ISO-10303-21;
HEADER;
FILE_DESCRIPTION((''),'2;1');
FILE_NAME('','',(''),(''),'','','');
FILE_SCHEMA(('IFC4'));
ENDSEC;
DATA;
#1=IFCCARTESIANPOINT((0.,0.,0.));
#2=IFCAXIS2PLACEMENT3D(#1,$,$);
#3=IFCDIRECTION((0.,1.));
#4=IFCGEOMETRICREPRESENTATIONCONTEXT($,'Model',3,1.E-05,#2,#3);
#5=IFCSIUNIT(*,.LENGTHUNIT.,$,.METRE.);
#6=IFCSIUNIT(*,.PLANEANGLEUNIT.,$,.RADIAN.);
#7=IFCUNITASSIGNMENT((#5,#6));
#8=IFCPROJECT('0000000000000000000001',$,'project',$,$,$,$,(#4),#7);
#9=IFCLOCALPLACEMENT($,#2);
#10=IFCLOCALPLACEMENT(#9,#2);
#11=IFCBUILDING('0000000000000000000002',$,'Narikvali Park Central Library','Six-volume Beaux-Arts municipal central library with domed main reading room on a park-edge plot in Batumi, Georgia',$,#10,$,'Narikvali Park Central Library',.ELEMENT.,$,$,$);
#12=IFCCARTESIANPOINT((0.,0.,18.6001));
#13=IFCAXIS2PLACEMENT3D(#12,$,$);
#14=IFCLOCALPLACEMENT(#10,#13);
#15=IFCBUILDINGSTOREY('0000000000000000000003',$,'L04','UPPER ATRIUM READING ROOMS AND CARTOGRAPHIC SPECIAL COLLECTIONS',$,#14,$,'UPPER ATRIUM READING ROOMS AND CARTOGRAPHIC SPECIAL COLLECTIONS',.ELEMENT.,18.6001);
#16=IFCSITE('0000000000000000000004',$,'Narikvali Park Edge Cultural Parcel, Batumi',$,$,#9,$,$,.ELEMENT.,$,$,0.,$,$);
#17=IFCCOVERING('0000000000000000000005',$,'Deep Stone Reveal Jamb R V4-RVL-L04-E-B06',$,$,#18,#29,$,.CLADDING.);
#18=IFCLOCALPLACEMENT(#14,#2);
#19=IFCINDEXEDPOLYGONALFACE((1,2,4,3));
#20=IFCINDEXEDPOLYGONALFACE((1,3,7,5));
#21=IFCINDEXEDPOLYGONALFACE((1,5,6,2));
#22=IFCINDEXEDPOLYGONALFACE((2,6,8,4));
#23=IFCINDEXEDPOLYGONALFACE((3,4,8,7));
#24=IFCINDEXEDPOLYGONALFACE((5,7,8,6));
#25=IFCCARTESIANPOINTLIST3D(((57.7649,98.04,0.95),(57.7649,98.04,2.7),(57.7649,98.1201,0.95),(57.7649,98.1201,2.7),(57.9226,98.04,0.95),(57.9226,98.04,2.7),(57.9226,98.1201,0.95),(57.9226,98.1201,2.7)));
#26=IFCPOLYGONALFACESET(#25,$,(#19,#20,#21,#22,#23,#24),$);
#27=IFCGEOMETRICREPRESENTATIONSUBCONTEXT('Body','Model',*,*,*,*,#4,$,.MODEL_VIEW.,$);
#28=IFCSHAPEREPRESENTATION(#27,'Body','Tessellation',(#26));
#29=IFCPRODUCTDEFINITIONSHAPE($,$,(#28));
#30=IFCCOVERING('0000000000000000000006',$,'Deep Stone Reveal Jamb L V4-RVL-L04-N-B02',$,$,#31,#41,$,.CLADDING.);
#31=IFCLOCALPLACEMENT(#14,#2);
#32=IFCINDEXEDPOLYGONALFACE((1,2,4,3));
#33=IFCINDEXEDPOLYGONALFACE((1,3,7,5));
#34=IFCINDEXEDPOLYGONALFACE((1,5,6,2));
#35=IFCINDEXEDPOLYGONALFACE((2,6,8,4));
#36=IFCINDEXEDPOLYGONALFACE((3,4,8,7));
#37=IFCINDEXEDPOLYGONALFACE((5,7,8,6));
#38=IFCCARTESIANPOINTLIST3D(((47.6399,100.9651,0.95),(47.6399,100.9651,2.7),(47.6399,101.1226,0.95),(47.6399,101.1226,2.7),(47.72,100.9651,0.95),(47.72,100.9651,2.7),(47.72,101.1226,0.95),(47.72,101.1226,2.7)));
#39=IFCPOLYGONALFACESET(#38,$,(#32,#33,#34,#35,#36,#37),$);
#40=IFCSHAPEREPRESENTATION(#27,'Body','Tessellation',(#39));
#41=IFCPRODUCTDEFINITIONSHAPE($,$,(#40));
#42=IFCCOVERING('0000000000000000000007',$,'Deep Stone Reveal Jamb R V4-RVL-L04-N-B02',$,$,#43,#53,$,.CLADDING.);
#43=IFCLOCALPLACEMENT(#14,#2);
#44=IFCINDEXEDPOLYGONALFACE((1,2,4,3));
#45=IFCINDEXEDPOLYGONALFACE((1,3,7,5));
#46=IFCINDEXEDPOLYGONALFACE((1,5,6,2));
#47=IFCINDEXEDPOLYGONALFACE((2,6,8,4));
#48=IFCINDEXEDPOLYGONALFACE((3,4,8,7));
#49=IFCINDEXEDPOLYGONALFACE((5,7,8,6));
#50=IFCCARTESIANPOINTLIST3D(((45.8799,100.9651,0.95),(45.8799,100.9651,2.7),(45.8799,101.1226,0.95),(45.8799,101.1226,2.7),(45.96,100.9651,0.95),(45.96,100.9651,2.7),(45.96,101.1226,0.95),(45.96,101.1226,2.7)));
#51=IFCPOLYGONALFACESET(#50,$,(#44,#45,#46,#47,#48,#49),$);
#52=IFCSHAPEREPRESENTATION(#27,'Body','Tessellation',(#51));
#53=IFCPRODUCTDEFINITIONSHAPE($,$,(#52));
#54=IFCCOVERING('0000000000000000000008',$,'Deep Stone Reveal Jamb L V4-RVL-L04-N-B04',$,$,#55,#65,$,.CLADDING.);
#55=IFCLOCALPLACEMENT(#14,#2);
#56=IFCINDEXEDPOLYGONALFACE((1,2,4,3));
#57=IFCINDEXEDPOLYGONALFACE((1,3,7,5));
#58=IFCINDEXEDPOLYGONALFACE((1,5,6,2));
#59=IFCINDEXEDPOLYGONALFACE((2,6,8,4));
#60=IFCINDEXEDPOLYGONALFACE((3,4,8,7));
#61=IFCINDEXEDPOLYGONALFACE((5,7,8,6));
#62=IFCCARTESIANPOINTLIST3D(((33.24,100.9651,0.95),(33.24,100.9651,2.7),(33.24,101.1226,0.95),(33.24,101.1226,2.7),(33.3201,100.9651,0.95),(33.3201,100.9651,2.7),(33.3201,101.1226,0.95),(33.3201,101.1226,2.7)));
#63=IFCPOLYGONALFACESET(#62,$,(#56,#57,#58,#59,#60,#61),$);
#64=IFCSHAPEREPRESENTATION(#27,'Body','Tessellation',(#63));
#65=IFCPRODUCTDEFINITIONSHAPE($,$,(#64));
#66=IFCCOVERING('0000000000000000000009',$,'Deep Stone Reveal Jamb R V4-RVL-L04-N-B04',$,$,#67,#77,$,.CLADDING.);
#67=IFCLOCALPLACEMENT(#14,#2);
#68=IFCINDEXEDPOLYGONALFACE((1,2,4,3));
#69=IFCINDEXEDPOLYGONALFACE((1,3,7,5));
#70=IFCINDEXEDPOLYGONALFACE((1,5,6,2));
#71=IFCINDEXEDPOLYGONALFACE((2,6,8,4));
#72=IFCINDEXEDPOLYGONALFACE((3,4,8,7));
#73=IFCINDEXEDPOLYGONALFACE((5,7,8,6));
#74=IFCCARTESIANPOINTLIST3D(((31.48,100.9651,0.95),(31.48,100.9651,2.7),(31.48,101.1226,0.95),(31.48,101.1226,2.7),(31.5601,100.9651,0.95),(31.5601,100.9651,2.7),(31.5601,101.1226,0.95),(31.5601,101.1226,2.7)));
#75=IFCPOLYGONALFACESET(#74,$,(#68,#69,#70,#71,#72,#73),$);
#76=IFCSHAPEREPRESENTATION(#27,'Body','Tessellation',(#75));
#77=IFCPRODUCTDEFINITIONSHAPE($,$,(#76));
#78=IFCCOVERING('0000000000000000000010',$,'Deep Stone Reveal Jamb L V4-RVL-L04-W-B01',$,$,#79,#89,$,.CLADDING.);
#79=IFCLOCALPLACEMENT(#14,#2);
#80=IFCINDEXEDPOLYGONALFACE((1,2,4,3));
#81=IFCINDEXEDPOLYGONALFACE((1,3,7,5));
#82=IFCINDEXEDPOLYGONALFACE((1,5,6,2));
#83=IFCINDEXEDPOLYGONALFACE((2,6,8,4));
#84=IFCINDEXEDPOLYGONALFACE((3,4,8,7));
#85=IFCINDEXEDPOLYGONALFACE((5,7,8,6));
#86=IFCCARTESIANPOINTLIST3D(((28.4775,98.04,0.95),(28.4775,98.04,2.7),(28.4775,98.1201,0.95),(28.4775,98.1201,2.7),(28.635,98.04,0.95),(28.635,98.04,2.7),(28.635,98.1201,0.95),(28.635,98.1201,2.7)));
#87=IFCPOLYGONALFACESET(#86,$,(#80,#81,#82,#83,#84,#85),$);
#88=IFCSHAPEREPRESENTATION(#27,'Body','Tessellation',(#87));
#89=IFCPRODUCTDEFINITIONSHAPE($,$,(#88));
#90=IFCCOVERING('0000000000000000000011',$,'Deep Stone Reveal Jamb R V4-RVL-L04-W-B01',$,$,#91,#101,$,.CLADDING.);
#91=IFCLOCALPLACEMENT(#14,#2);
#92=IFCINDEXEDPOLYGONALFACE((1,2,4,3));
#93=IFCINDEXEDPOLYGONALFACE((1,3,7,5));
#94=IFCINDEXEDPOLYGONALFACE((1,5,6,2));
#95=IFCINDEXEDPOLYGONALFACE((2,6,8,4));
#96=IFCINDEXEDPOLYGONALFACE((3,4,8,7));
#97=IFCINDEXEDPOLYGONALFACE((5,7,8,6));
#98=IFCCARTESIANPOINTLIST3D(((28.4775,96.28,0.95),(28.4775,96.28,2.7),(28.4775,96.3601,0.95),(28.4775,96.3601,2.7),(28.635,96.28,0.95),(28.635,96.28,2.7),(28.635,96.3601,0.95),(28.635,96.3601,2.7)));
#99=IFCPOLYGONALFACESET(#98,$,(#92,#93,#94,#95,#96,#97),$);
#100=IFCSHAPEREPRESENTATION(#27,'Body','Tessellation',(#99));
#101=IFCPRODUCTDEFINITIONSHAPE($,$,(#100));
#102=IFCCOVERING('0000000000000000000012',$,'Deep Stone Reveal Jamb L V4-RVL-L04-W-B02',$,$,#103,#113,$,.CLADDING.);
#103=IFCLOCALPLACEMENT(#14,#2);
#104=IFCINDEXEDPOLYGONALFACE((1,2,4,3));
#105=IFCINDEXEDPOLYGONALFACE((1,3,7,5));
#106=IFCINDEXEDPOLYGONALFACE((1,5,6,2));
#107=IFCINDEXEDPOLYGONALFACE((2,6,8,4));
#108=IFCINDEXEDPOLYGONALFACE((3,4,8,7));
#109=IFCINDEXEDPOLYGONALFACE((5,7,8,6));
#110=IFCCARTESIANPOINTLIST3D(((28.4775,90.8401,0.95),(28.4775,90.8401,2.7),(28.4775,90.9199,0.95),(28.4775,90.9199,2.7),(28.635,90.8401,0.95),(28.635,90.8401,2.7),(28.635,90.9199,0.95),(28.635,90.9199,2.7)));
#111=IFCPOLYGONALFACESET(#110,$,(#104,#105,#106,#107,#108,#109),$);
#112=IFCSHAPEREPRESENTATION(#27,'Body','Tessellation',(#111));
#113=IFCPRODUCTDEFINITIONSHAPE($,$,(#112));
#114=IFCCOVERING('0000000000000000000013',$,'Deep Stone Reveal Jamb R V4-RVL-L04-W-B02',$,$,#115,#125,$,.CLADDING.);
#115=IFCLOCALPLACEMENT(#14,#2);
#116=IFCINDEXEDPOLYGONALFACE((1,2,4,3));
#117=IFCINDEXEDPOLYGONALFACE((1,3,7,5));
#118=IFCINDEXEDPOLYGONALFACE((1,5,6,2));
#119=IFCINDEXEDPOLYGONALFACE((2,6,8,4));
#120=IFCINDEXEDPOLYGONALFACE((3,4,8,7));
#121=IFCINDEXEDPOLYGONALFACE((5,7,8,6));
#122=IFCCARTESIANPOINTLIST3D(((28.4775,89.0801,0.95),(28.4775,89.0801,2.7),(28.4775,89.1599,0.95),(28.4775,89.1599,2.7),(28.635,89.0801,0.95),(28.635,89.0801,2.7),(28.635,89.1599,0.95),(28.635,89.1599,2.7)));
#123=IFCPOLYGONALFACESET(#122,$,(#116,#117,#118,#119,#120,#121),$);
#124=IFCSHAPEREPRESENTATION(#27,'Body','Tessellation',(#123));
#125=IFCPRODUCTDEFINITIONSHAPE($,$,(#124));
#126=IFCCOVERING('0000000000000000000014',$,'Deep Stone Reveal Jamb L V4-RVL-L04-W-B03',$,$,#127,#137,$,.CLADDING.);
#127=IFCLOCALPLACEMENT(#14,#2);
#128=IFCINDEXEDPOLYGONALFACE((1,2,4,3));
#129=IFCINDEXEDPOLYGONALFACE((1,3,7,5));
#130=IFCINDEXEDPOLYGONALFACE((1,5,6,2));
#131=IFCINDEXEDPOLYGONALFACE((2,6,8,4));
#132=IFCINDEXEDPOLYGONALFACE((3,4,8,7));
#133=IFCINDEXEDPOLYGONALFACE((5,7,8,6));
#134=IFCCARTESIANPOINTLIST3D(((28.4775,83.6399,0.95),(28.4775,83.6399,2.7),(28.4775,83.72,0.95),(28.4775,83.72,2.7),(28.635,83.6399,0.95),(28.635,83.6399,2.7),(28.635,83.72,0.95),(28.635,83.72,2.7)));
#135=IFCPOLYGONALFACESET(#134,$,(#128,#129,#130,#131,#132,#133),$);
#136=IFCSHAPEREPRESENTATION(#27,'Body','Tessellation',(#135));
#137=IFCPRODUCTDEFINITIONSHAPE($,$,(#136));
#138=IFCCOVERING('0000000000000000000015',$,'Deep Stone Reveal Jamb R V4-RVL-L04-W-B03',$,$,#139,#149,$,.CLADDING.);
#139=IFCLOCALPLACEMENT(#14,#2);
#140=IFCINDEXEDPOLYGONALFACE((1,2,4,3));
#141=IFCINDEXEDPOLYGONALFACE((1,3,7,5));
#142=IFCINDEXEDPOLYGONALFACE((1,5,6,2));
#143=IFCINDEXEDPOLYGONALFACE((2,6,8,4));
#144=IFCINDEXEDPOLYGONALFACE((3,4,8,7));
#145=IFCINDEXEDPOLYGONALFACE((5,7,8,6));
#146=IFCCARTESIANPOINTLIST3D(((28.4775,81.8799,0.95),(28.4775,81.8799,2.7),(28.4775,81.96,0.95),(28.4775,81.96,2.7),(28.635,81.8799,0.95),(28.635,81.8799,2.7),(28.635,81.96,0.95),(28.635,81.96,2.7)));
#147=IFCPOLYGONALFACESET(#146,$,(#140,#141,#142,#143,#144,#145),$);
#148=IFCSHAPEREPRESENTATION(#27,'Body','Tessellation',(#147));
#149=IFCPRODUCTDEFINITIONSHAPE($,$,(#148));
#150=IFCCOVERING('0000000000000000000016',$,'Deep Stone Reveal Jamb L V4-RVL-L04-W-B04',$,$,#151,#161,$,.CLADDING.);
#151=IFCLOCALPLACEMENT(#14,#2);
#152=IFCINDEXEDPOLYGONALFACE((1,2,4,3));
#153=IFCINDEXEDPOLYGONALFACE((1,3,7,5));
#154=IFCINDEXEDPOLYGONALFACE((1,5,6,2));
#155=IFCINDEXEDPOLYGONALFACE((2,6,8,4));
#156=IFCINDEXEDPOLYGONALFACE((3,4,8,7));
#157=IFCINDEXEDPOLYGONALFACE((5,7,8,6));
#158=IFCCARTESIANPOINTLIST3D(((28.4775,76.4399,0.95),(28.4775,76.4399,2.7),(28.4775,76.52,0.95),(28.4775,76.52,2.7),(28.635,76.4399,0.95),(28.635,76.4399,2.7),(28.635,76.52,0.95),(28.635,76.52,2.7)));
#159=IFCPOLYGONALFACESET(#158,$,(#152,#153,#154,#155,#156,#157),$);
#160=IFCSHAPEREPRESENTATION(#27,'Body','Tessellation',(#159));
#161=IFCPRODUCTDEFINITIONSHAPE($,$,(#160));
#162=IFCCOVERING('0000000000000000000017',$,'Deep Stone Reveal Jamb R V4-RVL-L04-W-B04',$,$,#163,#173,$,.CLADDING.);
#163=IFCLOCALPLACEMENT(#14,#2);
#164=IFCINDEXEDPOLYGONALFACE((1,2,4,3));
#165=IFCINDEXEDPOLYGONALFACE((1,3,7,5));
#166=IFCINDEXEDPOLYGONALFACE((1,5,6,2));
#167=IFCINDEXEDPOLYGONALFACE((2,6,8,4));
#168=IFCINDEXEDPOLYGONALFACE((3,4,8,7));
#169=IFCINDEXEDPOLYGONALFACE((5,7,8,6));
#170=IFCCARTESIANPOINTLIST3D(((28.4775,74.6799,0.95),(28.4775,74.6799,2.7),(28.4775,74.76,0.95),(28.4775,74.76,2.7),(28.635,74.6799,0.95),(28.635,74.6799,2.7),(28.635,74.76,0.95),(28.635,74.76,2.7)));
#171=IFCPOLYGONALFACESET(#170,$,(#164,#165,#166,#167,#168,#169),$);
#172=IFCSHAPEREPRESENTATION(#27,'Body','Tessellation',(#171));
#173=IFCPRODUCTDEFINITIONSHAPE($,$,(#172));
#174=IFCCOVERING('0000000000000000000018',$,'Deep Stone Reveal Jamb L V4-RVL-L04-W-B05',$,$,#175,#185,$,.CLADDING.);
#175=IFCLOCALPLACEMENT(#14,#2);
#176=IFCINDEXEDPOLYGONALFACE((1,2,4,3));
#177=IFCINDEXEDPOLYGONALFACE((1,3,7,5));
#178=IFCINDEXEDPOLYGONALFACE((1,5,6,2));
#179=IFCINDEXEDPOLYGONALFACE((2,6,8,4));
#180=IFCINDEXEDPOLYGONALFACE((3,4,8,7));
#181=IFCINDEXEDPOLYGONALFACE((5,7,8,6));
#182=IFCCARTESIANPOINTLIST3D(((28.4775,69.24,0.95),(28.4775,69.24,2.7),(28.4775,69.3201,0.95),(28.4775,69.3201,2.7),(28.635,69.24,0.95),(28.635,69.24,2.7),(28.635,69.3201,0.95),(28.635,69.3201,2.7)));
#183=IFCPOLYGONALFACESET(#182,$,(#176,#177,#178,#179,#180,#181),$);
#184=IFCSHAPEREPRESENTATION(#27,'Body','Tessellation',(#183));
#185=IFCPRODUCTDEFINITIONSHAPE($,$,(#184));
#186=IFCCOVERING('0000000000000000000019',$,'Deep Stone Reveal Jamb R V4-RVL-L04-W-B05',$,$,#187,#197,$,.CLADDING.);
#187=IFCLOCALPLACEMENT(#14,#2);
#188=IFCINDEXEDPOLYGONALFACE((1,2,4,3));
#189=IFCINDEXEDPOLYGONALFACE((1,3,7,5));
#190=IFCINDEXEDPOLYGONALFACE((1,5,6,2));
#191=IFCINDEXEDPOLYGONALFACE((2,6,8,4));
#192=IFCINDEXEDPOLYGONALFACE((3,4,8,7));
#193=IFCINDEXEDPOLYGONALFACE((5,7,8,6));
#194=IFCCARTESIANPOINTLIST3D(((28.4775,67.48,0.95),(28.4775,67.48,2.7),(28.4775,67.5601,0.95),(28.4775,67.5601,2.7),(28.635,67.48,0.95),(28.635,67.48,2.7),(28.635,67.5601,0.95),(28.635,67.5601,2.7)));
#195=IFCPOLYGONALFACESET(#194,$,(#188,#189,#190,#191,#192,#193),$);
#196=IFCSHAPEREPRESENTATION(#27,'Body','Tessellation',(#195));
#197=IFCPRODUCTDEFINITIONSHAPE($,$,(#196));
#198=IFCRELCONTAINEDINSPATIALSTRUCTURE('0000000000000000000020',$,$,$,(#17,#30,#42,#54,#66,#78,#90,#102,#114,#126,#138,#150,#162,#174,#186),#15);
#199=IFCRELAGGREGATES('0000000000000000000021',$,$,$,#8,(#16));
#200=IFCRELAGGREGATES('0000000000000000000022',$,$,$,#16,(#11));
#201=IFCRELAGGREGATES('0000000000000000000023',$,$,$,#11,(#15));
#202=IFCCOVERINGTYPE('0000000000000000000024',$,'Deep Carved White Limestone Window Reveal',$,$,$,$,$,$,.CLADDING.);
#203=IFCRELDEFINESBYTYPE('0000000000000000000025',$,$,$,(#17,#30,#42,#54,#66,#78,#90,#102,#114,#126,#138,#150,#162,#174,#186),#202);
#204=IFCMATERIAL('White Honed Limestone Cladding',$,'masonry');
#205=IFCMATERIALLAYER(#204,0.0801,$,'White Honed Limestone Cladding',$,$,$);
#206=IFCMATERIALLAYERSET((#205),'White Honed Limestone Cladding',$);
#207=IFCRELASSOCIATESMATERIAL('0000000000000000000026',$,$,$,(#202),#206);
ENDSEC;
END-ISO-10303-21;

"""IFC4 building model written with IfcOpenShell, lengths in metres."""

from ifc_helpers import new_model, si_unit, direction, frame, origin, place, context, subcontext, project, spatial, polyline, outline, extrude, material, layer, layer_set, type_object, element, save


model = new_model("IFC4")

# Units and contexts
model_context = context("Model", 3, precision=1e-05, world=origin(), true_north=direction((0.0, 1.0)))
body_context = subcontext(model_context, "Body", "Model", "MODEL_VIEW")
ifc_project = project(units=[si_unit("LENGTHUNIT", "METRE"), si_unit("PLANEANGLEUNIT", "RADIAN")], contexts=[model_context])

# Site, building, storey
site_placement = place(None, origin())
site = spatial("IfcSite", under=ifc_project, at=site_placement, Name="Narikvali Park Edge Cultural Parcel, Batumi", CompositionType="ELEMENT", RefElevation=0.0)
building_placement = place(site_placement, origin())
building = spatial("IfcBuilding", under=site, at=building_placement, Name="Narikvali Park Central Library", Description="Six-volume Beaux-Arts municipal central library with domed main reading room on a park-edge plot in Batumi, Georgia", LongName="Narikvali Park Central Library", CompositionType="ELEMENT")
storey_placement = place(building_placement, frame((0.0, 0.0, 18.6001)))
storey = spatial("IfcBuildingStorey", under=building, at=storey_placement, Name="L04", Description="UPPER ATRIUM READING ROOMS AND CARTOGRAPHIC SPECIAL COLLECTIONS", LongName="UPPER ATRIUM READING ROOMS AND CARTOGRAPHIC SPECIAL COLLECTIONS", CompositionType="ELEMENT", Elevation=18.6001)

# Coverings
ifc_material = material(Name="White Honed Limestone Cladding", Category="masonry")
ifc_layer = layer(ifc_material, 0.0801, Name="White Honed Limestone Cladding")
ifc_layer_set = layer_set([ifc_layer], Name="White Honed Limestone Cladding")
covering_type = type_object("IfcCoveringType", Name="Deep Carved White Limestone Window Reveal", PredefinedType="CLADDING", material=ifc_layer_set)
covering_1_placement = place(storey_placement, frame((0.0, 0.0, 0.95)))
element("IfcCovering", 1, at=covering_1_placement, inside=storey, type_object=covering_type, Name="Deep Stone Reveal Jamb R V4-RVL-L04-E-B06", PredefinedType="CLADDING", context=body_context, shape_type="SweptSolid", body=[
    extrude(outline(polyline([(57.7649, 98.04), (57.7649, 98.1201), (57.9226, 98.1201), (57.9226, 98.04), (57.7649, 98.04)])), origin(), (0.0, 0.0, 1.0), 1.75),
])
covering_2_placement = place(storey_placement, frame((0.0, 0.0, 0.95)))
element("IfcCovering", 2, at=covering_2_placement, inside=storey, type_object=covering_type, Name="Deep Stone Reveal Jamb L V4-RVL-L04-N-B02", PredefinedType="CLADDING", context=body_context, shape_type="SweptSolid", body=[
    extrude(outline(polyline([(47.72, 100.9651), (47.6399, 100.9651), (47.6399, 101.1226), (47.72, 101.1226), (47.72, 100.9651)])), origin(), (0.0, 0.0, 1.0), 1.75),
])
covering_3_placement = place(storey_placement, frame((0.0, 0.0, 0.95)))
element("IfcCovering", 3, at=covering_3_placement, inside=storey, type_object=covering_type, Name="Deep Stone Reveal Jamb R V4-RVL-L04-N-B02", PredefinedType="CLADDING", context=body_context, shape_type="SweptSolid", body=[
    extrude(outline(polyline([(45.96, 100.9651), (45.8799, 100.9651), (45.8799, 101.1226), (45.96, 101.1226), (45.96, 100.9651)])), origin(), (0.0, 0.0, 1.0), 1.75),
])
covering_4_placement = place(storey_placement, frame((0.0, 0.0, 0.95)))
element("IfcCovering", 4, at=covering_4_placement, inside=storey, type_object=covering_type, Name="Deep Stone Reveal Jamb L V4-RVL-L04-N-B04", PredefinedType="CLADDING", context=body_context, shape_type="SweptSolid", body=[
    extrude(outline(polyline([(33.3201, 100.9651), (33.24, 100.9651), (33.24, 101.1226), (33.3201, 101.1226), (33.3201, 100.9651)])), origin(), (0.0, 0.0, 1.0), 1.75),
])
covering_5_placement = place(storey_placement, frame((0.0, 0.0, 0.95)))
element("IfcCovering", 5, at=covering_5_placement, inside=storey, type_object=covering_type, Name="Deep Stone Reveal Jamb R V4-RVL-L04-N-B04", PredefinedType="CLADDING", context=body_context, shape_type="SweptSolid", body=[
    extrude(outline(polyline([(31.5601, 100.9651), (31.48, 100.9651), (31.48, 101.1226), (31.5601, 101.1226), (31.5601, 100.9651)])), origin(), (0.0, 0.0, 1.0), 1.75),
])
covering_6_placement = place(storey_placement, frame((0.0, 0.0, 0.95)))
element("IfcCovering", 6, at=covering_6_placement, inside=storey, type_object=covering_type, Name="Deep Stone Reveal Jamb L V4-RVL-L04-W-B01", PredefinedType="CLADDING", context=body_context, shape_type="SweptSolid", body=[
    extrude(outline(polyline([(28.635, 98.1201), (28.635, 98.04), (28.4775, 98.04), (28.4775, 98.1201), (28.635, 98.1201)])), origin(), (0.0, 0.0, 1.0), 1.75),
])
covering_7_placement = place(storey_placement, frame((0.0, 0.0, 0.95)))
element("IfcCovering", 7, at=covering_7_placement, inside=storey, type_object=covering_type, Name="Deep Stone Reveal Jamb R V4-RVL-L04-W-B01", PredefinedType="CLADDING", context=body_context, shape_type="SweptSolid", body=[
    extrude(outline(polyline([(28.635, 96.3601), (28.635, 96.28), (28.4775, 96.28), (28.4775, 96.3601), (28.635, 96.3601)])), origin(), (0.0, 0.0, 1.0), 1.75),
])
covering_8_placement = place(storey_placement, frame((0.0, 0.0, 0.95)))
element("IfcCovering", 8, at=covering_8_placement, inside=storey, type_object=covering_type, Name="Deep Stone Reveal Jamb L V4-RVL-L04-W-B02", PredefinedType="CLADDING", context=body_context, shape_type="SweptSolid", body=[
    extrude(outline(polyline([(28.635, 90.9199), (28.635, 90.8401), (28.4775, 90.8401), (28.4775, 90.9199), (28.635, 90.9199)])), origin(), (0.0, 0.0, 1.0), 1.75),
])
covering_9_placement = place(storey_placement, frame((0.0, 0.0, 0.95)))
element("IfcCovering", 9, at=covering_9_placement, inside=storey, type_object=covering_type, Name="Deep Stone Reveal Jamb R V4-RVL-L04-W-B02", PredefinedType="CLADDING", context=body_context, shape_type="SweptSolid", body=[
    extrude(outline(polyline([(28.635, 89.1599), (28.635, 89.0801), (28.4775, 89.0801), (28.4775, 89.1599), (28.635, 89.1599)])), origin(), (0.0, 0.0, 1.0), 1.75),
])
covering_10_placement = place(storey_placement, frame((0.0, 0.0, 0.95)))
element("IfcCovering", 10, at=covering_10_placement, inside=storey, type_object=covering_type, Name="Deep Stone Reveal Jamb L V4-RVL-L04-W-B03", PredefinedType="CLADDING", context=body_context, shape_type="SweptSolid", body=[
    extrude(outline(polyline([(28.635, 83.72), (28.635, 83.6399), (28.4775, 83.6399), (28.4775, 83.72), (28.635, 83.72)])), origin(), (0.0, 0.0, 1.0), 1.75),
])
covering_11_placement = place(storey_placement, frame((0.0, 0.0, 0.95)))
element("IfcCovering", 11, at=covering_11_placement, inside=storey, type_object=covering_type, Name="Deep Stone Reveal Jamb R V4-RVL-L04-W-B03", PredefinedType="CLADDING", context=body_context, shape_type="SweptSolid", body=[
    extrude(outline(polyline([(28.635, 81.96), (28.635, 81.8799), (28.4775, 81.8799), (28.4775, 81.96), (28.635, 81.96)])), origin(), (0.0, 0.0, 1.0), 1.75),
])
covering_12_placement = place(storey_placement, frame((0.0, 0.0, 0.95)))
element("IfcCovering", 12, at=covering_12_placement, inside=storey, type_object=covering_type, Name="Deep Stone Reveal Jamb L V4-RVL-L04-W-B04", PredefinedType="CLADDING", context=body_context, shape_type="SweptSolid", body=[
    extrude(outline(polyline([(28.635, 76.52), (28.635, 76.4399), (28.4775, 76.4399), (28.4775, 76.52), (28.635, 76.52)])), origin(), (0.0, 0.0, 1.0), 1.75),
])
covering_13_placement = place(storey_placement, frame((0.0, 0.0, 0.95)))
element("IfcCovering", 13, at=covering_13_placement, inside=storey, type_object=covering_type, Name="Deep Stone Reveal Jamb R V4-RVL-L04-W-B04", PredefinedType="CLADDING", context=body_context, shape_type="SweptSolid", body=[
    extrude(outline(polyline([(28.635, 74.76), (28.635, 74.6799), (28.4775, 74.6799), (28.4775, 74.76), (28.635, 74.76)])), origin(), (0.0, 0.0, 1.0), 1.75),
])
covering_14_placement = place(storey_placement, frame((0.0, 0.0, 0.95)))
element("IfcCovering", 14, at=covering_14_placement, inside=storey, type_object=covering_type, Name="Deep Stone Reveal Jamb L V4-RVL-L04-W-B05", PredefinedType="CLADDING", context=body_context, shape_type="SweptSolid", body=[
    extrude(outline(polyline([(28.635, 69.3201), (28.635, 69.24), (28.4775, 69.24), (28.4775, 69.3201), (28.635, 69.3201)])), origin(), (0.0, 0.0, 1.0), 1.75),
])
covering_15_placement = place(storey_placement, frame((0.0, 0.0, 0.95)))
element("IfcCovering", 15, at=covering_15_placement, inside=storey, type_object=covering_type, Name="Deep Stone Reveal Jamb R V4-RVL-L04-W-B05", PredefinedType="CLADDING", context=body_context, shape_type="SweptSolid", body=[
    extrude(outline(polyline([(28.635, 67.5601), (28.635, 67.48), (28.4775, 67.48), (28.4775, 67.5601), (28.635, 67.5601)])), origin(), (0.0, 0.0, 1.0), 1.75),
])

save(model, "model.ifc")
